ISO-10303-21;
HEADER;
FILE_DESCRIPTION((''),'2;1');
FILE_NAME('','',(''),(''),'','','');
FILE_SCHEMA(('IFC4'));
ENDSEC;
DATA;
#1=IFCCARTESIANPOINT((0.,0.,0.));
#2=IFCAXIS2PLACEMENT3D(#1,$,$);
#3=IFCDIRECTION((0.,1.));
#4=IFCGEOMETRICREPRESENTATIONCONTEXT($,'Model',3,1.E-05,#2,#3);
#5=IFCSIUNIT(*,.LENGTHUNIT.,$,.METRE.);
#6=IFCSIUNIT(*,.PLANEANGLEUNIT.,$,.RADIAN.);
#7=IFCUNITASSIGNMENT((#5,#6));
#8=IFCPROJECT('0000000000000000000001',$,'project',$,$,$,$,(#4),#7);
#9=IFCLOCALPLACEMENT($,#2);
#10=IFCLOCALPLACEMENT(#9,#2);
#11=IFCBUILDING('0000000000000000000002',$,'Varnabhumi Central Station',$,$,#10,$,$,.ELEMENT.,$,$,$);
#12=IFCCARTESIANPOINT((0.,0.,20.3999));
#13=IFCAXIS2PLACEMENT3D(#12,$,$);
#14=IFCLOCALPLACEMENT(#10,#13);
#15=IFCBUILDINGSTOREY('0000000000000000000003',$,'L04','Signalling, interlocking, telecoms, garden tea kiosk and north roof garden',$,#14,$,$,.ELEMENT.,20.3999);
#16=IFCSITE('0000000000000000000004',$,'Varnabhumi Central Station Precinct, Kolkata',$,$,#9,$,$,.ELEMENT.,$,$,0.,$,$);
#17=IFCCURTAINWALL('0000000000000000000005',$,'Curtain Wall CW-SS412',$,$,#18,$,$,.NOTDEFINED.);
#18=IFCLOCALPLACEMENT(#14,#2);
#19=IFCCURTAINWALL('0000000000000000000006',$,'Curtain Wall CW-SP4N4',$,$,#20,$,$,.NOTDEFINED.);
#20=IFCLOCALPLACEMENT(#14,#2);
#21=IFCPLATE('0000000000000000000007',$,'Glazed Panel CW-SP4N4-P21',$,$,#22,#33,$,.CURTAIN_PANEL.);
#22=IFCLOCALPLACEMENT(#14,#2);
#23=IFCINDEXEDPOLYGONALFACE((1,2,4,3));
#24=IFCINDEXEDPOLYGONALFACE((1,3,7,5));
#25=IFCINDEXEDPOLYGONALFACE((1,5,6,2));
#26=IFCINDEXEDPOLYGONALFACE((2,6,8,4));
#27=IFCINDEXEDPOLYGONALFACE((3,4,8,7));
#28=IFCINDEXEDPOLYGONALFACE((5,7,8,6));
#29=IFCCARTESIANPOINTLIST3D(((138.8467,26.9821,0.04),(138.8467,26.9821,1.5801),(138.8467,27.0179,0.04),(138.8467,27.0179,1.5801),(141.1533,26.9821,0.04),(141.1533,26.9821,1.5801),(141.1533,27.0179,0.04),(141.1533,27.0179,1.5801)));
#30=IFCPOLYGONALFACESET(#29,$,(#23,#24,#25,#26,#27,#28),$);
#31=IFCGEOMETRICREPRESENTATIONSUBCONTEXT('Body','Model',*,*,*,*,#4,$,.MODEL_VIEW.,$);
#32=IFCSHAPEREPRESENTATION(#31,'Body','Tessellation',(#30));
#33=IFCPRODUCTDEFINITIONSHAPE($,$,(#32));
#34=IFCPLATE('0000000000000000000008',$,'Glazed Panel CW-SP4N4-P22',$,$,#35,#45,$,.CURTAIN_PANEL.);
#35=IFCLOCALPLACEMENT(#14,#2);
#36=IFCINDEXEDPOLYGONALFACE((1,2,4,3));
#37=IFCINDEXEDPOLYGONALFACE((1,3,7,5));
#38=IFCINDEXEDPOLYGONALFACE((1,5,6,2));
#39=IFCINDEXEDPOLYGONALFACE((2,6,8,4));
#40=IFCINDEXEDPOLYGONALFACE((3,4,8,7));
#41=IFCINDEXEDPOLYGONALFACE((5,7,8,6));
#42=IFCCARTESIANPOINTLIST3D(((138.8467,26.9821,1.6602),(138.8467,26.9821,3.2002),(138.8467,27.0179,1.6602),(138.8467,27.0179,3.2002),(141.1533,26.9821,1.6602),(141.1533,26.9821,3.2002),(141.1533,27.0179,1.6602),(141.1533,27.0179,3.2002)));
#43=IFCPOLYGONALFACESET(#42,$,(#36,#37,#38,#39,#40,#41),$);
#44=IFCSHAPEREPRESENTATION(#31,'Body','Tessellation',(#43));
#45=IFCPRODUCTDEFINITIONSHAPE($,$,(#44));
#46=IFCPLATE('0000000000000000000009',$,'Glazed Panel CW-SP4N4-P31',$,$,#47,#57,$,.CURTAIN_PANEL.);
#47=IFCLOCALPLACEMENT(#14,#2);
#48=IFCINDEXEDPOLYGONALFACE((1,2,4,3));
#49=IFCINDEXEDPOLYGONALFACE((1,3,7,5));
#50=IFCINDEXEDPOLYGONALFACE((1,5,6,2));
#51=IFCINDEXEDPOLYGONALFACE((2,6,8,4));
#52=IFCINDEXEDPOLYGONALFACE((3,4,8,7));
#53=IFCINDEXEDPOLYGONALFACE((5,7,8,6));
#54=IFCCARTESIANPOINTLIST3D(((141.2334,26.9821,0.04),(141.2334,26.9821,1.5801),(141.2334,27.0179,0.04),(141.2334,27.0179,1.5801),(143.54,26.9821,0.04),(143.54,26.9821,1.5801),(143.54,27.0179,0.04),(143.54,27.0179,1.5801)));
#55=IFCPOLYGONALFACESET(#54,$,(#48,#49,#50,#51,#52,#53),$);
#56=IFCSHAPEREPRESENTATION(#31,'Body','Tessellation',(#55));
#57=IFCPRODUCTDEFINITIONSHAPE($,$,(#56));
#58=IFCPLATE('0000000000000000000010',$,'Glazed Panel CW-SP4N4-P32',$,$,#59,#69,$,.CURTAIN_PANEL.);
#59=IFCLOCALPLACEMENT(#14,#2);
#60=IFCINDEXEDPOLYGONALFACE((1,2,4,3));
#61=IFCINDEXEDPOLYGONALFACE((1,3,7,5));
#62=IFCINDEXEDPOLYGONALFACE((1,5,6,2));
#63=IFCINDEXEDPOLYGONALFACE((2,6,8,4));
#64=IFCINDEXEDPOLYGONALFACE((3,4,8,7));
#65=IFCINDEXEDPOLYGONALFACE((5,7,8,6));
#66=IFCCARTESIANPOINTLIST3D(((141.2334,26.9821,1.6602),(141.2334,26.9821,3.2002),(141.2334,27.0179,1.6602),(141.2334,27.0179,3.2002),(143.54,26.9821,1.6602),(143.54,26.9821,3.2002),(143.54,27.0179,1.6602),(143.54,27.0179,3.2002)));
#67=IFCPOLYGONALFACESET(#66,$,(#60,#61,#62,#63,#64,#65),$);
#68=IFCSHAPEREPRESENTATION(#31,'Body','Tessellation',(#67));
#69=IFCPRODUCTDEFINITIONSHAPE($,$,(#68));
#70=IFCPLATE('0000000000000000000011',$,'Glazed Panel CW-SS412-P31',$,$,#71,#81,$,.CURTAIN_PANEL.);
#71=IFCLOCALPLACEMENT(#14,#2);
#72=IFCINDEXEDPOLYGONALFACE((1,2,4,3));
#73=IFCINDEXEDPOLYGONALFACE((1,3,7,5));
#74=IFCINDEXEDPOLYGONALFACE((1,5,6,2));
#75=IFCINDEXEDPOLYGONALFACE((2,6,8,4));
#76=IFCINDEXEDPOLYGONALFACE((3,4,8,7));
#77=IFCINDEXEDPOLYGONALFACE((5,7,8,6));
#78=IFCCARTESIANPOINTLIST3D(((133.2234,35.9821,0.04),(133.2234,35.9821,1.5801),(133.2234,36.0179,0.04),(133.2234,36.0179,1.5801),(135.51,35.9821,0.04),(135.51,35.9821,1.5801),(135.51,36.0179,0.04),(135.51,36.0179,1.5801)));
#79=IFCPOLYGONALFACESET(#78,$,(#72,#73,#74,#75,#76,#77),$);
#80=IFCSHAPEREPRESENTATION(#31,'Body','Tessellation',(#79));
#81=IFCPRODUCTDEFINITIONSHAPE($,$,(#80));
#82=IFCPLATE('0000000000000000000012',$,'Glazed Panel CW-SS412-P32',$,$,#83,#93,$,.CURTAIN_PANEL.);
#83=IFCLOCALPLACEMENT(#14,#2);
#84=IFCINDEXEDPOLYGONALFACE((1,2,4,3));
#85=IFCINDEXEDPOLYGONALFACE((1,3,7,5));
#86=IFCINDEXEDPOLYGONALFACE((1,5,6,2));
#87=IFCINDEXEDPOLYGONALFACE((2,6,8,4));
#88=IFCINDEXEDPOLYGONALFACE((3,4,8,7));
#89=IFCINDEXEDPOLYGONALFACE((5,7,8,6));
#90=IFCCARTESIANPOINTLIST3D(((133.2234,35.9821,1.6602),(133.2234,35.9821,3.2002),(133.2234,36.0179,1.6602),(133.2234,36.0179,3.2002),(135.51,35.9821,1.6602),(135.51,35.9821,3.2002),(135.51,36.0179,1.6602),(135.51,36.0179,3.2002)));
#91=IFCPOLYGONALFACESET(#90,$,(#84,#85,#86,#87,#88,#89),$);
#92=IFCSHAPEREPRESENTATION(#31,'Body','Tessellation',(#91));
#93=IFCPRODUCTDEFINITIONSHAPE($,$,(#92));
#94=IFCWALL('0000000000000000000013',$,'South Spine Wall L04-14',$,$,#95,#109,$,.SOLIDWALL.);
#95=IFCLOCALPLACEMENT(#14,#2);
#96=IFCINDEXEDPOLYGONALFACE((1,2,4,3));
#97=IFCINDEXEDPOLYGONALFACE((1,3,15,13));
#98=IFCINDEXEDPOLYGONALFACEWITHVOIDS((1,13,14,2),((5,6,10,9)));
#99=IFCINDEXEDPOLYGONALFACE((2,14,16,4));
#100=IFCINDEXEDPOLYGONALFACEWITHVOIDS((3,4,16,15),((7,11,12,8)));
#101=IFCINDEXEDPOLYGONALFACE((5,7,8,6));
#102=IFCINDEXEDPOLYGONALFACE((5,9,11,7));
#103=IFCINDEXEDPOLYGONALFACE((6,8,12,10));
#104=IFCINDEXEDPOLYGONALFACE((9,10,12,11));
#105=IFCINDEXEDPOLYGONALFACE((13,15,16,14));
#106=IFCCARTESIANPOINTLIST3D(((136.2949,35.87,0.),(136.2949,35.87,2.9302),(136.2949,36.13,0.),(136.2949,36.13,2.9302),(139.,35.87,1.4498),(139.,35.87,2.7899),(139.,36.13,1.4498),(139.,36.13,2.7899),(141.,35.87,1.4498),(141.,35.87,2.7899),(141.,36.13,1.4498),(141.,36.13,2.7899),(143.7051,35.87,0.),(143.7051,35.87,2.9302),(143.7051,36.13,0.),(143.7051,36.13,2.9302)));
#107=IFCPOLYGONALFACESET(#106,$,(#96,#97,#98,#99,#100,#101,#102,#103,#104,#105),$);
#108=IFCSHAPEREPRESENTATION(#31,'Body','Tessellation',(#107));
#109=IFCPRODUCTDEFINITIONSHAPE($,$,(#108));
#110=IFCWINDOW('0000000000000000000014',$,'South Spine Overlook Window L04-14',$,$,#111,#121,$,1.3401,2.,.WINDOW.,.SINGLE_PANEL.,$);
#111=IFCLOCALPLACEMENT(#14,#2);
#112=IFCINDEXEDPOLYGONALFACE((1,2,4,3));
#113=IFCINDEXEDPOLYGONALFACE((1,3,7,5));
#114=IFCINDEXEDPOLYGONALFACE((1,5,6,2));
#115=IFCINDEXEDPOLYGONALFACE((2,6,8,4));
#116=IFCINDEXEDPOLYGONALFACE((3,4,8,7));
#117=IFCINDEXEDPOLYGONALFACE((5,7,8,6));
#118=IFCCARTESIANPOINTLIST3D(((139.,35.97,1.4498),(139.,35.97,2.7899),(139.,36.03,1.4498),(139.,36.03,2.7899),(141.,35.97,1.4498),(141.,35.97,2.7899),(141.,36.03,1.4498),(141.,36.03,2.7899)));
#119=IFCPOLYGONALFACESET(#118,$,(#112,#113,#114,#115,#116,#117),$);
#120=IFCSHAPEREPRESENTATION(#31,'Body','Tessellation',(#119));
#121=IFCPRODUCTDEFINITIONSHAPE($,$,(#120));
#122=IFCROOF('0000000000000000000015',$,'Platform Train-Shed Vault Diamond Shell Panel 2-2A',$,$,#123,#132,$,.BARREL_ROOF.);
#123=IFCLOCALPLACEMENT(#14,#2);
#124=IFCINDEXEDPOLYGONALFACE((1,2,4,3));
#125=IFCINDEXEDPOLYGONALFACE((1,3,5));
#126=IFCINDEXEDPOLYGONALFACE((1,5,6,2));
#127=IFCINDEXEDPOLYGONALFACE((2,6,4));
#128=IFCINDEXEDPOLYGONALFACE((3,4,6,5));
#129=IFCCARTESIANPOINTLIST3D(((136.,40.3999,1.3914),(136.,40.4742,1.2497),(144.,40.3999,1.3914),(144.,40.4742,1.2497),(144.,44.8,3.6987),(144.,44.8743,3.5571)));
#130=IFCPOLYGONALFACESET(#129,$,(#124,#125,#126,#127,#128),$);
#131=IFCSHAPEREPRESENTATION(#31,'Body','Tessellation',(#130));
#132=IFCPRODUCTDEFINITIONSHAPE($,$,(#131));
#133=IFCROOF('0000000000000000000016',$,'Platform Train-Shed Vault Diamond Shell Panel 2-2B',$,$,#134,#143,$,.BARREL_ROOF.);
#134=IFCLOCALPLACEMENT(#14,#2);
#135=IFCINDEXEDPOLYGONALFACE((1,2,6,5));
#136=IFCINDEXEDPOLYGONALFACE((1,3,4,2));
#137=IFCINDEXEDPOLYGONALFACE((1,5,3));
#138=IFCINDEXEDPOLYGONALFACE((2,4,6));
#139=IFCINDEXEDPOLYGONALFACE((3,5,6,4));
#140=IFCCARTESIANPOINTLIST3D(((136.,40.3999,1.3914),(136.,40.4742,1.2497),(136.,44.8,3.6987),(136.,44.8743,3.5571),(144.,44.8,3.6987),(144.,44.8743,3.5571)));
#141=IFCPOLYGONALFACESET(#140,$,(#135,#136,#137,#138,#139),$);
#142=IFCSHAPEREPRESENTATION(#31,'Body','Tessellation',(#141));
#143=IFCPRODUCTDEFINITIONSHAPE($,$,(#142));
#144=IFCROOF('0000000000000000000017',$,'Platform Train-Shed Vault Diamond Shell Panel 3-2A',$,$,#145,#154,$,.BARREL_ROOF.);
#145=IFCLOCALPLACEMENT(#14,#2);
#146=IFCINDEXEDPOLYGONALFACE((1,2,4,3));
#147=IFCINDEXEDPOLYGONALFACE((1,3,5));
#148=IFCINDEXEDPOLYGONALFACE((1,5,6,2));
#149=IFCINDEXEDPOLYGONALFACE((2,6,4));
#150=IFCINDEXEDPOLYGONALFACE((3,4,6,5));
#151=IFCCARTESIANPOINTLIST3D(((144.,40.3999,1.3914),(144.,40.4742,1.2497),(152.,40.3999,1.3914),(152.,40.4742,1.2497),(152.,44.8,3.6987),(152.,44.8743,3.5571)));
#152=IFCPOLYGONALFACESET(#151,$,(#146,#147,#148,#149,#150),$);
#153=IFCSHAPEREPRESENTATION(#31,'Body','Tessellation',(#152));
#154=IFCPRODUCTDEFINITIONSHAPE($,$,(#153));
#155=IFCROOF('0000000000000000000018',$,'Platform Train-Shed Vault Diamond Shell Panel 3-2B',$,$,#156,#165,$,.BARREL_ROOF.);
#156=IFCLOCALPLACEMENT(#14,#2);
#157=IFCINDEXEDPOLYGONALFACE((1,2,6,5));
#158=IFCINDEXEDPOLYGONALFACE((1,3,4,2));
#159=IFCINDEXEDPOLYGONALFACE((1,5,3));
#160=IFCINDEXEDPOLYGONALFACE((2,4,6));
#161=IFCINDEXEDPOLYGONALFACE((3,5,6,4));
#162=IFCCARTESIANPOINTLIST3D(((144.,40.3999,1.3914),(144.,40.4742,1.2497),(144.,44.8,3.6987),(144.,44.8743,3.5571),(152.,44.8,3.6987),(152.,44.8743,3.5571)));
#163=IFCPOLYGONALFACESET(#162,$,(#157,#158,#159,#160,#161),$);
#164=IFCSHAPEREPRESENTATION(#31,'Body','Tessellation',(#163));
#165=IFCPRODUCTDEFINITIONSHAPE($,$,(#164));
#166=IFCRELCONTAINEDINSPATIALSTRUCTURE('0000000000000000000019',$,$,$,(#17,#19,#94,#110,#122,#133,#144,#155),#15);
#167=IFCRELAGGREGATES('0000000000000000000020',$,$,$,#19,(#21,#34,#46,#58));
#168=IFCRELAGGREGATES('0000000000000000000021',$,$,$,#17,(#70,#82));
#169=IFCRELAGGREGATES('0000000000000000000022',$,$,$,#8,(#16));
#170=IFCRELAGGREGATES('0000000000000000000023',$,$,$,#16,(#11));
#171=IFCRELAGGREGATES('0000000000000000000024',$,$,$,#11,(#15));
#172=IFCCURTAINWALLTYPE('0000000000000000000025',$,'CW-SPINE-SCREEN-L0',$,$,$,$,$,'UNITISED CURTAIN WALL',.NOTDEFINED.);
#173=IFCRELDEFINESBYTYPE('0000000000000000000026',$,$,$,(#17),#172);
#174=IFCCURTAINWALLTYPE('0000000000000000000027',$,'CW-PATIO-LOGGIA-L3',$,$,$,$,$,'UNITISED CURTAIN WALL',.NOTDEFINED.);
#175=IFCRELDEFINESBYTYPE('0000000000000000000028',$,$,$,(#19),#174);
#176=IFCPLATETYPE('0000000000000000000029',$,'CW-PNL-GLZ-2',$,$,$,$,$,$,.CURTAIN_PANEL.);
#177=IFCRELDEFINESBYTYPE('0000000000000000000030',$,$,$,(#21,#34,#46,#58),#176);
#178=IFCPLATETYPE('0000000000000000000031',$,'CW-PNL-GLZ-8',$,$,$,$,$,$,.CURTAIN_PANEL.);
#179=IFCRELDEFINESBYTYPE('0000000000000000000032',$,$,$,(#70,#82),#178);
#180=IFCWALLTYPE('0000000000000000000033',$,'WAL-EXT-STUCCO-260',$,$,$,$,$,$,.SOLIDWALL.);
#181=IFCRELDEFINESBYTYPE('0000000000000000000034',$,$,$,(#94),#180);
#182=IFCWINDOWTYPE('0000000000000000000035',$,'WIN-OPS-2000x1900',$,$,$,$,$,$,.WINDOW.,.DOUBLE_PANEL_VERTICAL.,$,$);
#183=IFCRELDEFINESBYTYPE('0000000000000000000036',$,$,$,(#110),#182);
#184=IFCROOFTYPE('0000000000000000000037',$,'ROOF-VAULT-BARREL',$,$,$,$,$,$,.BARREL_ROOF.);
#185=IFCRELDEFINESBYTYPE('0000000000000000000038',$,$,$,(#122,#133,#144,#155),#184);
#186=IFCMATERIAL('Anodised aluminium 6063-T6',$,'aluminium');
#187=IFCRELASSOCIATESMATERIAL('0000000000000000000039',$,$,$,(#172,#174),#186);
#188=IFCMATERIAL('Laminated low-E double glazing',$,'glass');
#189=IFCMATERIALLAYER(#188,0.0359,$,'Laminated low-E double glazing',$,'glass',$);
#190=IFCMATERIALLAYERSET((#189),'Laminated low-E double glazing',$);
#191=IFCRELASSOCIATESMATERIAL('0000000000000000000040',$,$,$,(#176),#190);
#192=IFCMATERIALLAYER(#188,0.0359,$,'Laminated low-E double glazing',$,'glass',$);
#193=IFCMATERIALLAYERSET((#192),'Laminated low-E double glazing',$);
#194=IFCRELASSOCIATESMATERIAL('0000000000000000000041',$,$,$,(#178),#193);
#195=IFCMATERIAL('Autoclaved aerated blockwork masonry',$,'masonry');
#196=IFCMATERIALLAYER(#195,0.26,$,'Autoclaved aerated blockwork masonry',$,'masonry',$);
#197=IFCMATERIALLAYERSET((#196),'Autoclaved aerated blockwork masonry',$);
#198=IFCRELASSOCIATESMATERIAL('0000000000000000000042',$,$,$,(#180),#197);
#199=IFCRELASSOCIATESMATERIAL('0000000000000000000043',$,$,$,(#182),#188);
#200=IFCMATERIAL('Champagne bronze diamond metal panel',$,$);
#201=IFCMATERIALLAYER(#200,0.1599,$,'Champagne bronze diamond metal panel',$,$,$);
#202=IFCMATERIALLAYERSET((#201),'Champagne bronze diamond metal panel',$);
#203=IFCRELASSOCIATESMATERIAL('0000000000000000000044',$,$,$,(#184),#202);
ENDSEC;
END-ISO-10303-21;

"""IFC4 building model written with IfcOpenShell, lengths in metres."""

from ifc_helpers import new_model, si_unit, direction, frame, frame_2d, origin, origin_2d, place, context, subcontext, project, spatial, polyline, rectangle, outline, extrude, material, layer, layer_set, type_object, element, fill, aggregate, save


model = new_model("IFC4")

# Units and contexts
model_context = context("Model", 3, precision=1e-05, world=origin(), true_north=direction((0.0, 1.0)))
body_context = subcontext(model_context, "Body", "Model", "MODEL_VIEW")
ifc_project = project(units=[si_unit("LENGTHUNIT", "METRE"), si_unit("PLANEANGLEUNIT", "RADIAN")], contexts=[model_context])

# Site, building, storey
site_placement = place(None, origin())
site = spatial("IfcSite", under=ifc_project, at=site_placement, Name="Varnabhumi Central Station Precinct, Kolkata", CompositionType="ELEMENT", RefElevation=0.0)
building_placement = place(site_placement, origin())
building = spatial("IfcBuilding", under=site, at=building_placement, Name="Varnabhumi Central Station", CompositionType="ELEMENT")
storey_placement = place(building_placement, frame((0.0, 0.0, 20.3999)))
storey = spatial("IfcBuildingStorey", under=building, at=storey_placement, Name="L04", Description="Signalling, interlocking, telecoms, garden tea kiosk and north roof garden", CompositionType="ELEMENT", Elevation=20.3999)

# Curtain wall
ifc_material_1 = material(Name="Anodised aluminium 6063-T6", Category="aluminium")
curtain_wall_type_1 = type_object("IfcCurtainWallType", Name="CW-SPINE-SCREEN-L0", ElementType="UNITISED CURTAIN WALL", PredefinedType="NOTDEFINED", material=ifc_material_1)
curtain_wall_1_placement = place(storey_placement, origin())
curtain_wall_1 = element("IfcCurtainWall", 1, at=curtain_wall_1_placement, inside=storey, type_object=curtain_wall_type_1, Name="Curtain Wall CW-SS412", PredefinedType="NOTDEFINED")

# Curtain wall
curtain_wall_type_2 = type_object("IfcCurtainWallType", Name="CW-PATIO-LOGGIA-L3", ElementType="UNITISED CURTAIN WALL", PredefinedType="NOTDEFINED", material=ifc_material_1)
curtain_wall_2_placement = place(storey_placement, origin())
curtain_wall_2 = element("IfcCurtainWall", 2, at=curtain_wall_2_placement, inside=storey, type_object=curtain_wall_type_2, Name="Curtain Wall CW-SP4N4", PredefinedType="NOTDEFINED")

# Plates
ifc_material_2 = material(Name="Laminated low-E double glazing", Category="glass")
ifc_layer_1 = layer(ifc_material_2, 0.0359, Name="Laminated low-E double glazing", Category="glass")
ifc_layer_set_1 = layer_set([ifc_layer_1], Name="Laminated low-E double glazing")
plate_type_1 = type_object("IfcPlateType", Name="CW-PNL-GLZ-2", PredefinedType="CURTAIN_PANEL", material=ifc_layer_set_1)
plate_1_placement = place(storey_placement, frame((140.0, 27.0, 0.04), z_axis=(0.0, 0.0, 1.0), x_axis=(1.0, 0.0, 0.0)))
plate_1 = element("IfcPlate", 3, at=plate_1_placement, type_object=plate_type_1, Name="Glazed Panel CW-SP4N4-P21", PredefinedType="CURTAIN_PANEL", context=body_context, shape_type="SweptSolid", body=[
    extrude(rectangle(XDim=2.3066, YDim=0.0359, at=origin_2d()), origin(), (0.0, 0.0, 1.0), 1.54),
])
plate_2_placement = place(storey_placement, frame((140.0, 27.0, 1.6602), z_axis=(0.0, 0.0, 1.0), x_axis=(1.0, 0.0, 0.0)))
plate_2 = element("IfcPlate", 4, at=plate_2_placement, type_object=plate_type_1, Name="Glazed Panel CW-SP4N4-P22", PredefinedType="CURTAIN_PANEL", context=body_context, shape_type="SweptSolid", body=[
    extrude(rectangle(XDim=2.3066, YDim=0.0359, at=origin_2d()), origin(), (0.0, 0.0, 1.0), 1.54),
])
plate_3_placement = place(storey_placement, frame((142.3867, 27.0, 0.04), z_axis=(0.0, 0.0, 1.0), x_axis=(1.0, 0.0, 0.0)))
plate_3 = element("IfcPlate", 5, at=plate_3_placement, type_object=plate_type_1, Name="Glazed Panel CW-SP4N4-P31", PredefinedType="CURTAIN_PANEL", context=body_context, shape_type="SweptSolid", body=[
    extrude(rectangle(XDim=2.3066, YDim=0.0359, at=origin_2d()), origin(), (0.0, 0.0, 1.0), 1.54),
])
plate_4_placement = place(storey_placement, frame((142.3867, 27.0, 1.6602), z_axis=(0.0, 0.0, 1.0), x_axis=(1.0, 0.0, 0.0)))
plate_4 = element("IfcPlate", 6, at=plate_4_placement, type_object=plate_type_1, Name="Glazed Panel CW-SP4N4-P32", PredefinedType="CURTAIN_PANEL", context=body_context, shape_type="SweptSolid", body=[
    extrude(rectangle(XDim=2.3066, YDim=0.0359, at=origin_2d()), origin(), (0.0, 0.0, 1.0), 1.54),
])
aggregate(curtain_wall_2, [plate_1, plate_2, plate_3, plate_4])
ifc_layer_2 = layer(ifc_material_2, 0.0359, Name="Laminated low-E double glazing", Category="glass")
ifc_layer_set_2 = layer_set([ifc_layer_2], Name="Laminated low-E double glazing")
plate_type_2 = type_object("IfcPlateType", Name="CW-PNL-GLZ-8", PredefinedType="CURTAIN_PANEL", material=ifc_layer_set_2)
plate_5_placement = place(storey_placement, frame((134.3667, 36.0, 0.04), z_axis=(0.0, 0.0, 1.0), x_axis=(1.0, 0.0, 0.0)))
plate_5 = element("IfcPlate", 7, at=plate_5_placement, type_object=plate_type_2, Name="Glazed Panel CW-SS412-P31", PredefinedType="CURTAIN_PANEL", context=body_context, shape_type="SweptSolid", body=[
    extrude(rectangle(XDim=2.2866, YDim=0.0359, at=origin_2d()), origin(), (0.0, 0.0, 1.0), 1.54),
])
plate_6_placement = place(storey_placement, frame((134.3667, 36.0, 1.6602), z_axis=(0.0, 0.0, 1.0), x_axis=(1.0, 0.0, 0.0)))
plate_6 = element("IfcPlate", 8, at=plate_6_placement, type_object=plate_type_2, Name="Glazed Panel CW-SS412-P32", PredefinedType="CURTAIN_PANEL", context=body_context, shape_type="SweptSolid", body=[
    extrude(rectangle(XDim=2.2866, YDim=0.0359, at=origin_2d()), origin(), (0.0, 0.0, 1.0), 1.54),
])
aggregate(curtain_wall_1, [plate_5, plate_6])

# Wall, opening, window
ifc_material_3 = material(Name="Autoclaved aerated blockwork masonry", Category="masonry")
ifc_layer_3 = layer(ifc_material_3, 0.26, Name="Autoclaved aerated blockwork masonry", Category="masonry")
ifc_layer_set_3 = layer_set([ifc_layer_3], Name="Autoclaved aerated blockwork masonry")
wall_type = type_object("IfcWallType", Name="WAL-EXT-STUCCO-260", PredefinedType="SOLIDWALL", material=ifc_layer_set_3)
wall_placement = place(storey_placement, frame((136.2949, 36.0, 0.0), z_axis=(0.0, 0.0, 1.0), x_axis=(1.0, 0.0, 0.0)))
wall = element("IfcWall", 9, at=wall_placement, inside=storey, type_object=wall_type, Name="South Spine Wall L04-14", PredefinedType="SOLIDWALL", context=body_context, shape_type="SweptSolid", body=[
    extrude(rectangle(XDim=7.4102, YDim=0.26, at=frame_2d((3.7051, 0.0))), origin(), (0.0, 0.0, 1.0), 2.9302),
])
opening_placement = place(wall_placement, frame((2.7051, 0.0, 1.45)))
opening = element("IfcOpeningElement", 10, at=opening_placement, cuts=wall, PredefinedType="OPENING", context=body_context, shape_type="SweptSolid", body=[
    extrude(rectangle(XDim=2.0, YDim=1.3401, at=frame_2d((1.0, 0.6699))), frame((0.0, 0.1399, 0.0), z_axis=(0.0, -1.0, 0.0), x_axis=(1.0, 0.0, 0.0)), (0.0, 0.0, 1.0), 0.28),
])
window_type = type_object("IfcWindowType", Name="WIN-OPS-2000x1900", PartitioningType="DOUBLE_PANEL_VERTICAL", PredefinedType="WINDOW", material=ifc_material_2)
window_placement = place(opening_placement, origin())
window = element("IfcWindow", 11, at=window_placement, inside=storey, type_object=window_type, Name="South Spine Overlook Window L04-14", OverallHeight=1.3401, OverallWidth=2.0, PartitioningType="SINGLE_PANEL", PredefinedType="WINDOW", context=body_context, shape_type="SweptSolid", body=[
    extrude(rectangle(XDim=2.0, YDim=1.3401, at=frame_2d((1.0, 0.6699))), frame((0.0, 0.03, 0.0), z_axis=(0.0, -1.0, 0.0), x_axis=(1.0, 0.0, 0.0)), (0.0, 0.0, 1.0), 0.0601),
])
fill(opening, window)

# Roofs
ifc_material_4 = material(Name="Champagne bronze diamond metal panel")
ifc_layer_4 = layer(ifc_material_4, 0.1599, Name="Champagne bronze diamond metal panel")
ifc_layer_set_4 = layer_set([ifc_layer_4], Name="Champagne bronze diamond metal panel")
roof_type = type_object("IfcRoofType", Name="ROOF-VAULT-BARREL", PredefinedType="BARREL_ROOF", material=ifc_layer_set_4)
roof_1_placement = place(storey_placement, frame((136.0, 40.3999, 1.3914), z_axis=(0.0, -0.464407, 0.885622), x_axis=(1.0, 0.0, 0.0)))
element("IfcRoof", 12, at=roof_1_placement, inside=storey, type_object=roof_type, Name="Platform Train-Shed Vault Diamond Shell Panel 2-2A", PredefinedType="BARREL_ROOF", context=body_context, shape_type="SweptSolid", body=[
    extrude(outline(polyline([(0.0, 0.0), (8.0, 0.0), (8.0, 4.9684), (0.0, 0.0)])), origin(), (0.0, 0.0, -1.0), 0.1599),
])
roof_2_placement = place(storey_placement, frame((136.0, 40.3999, 1.3914), z_axis=(0.0, -0.464407, 0.885622), x_axis=(0.849502, 0.467242, 0.245015)))
element("IfcRoof", 13, at=roof_2_placement, inside=storey, type_object=roof_type, Name="Platform Train-Shed Vault Diamond Shell Panel 2-2B", PredefinedType="BARREL_ROOF", context=body_context, shape_type="SweptSolid", body=[
    extrude(outline(polyline([(0.0, 0.0), (9.4173, 0.0), (2.6213, 4.2207), (0.0, 0.0)])), origin(), (0.0, 0.0, -1.0), 0.1599),
])
roof_3_placement = place(storey_placement, frame((144.0, 40.3999, 1.3914), z_axis=(0.0, -0.464407, 0.885622), x_axis=(1.0, 0.0, 0.0)))
element("IfcRoof", 14, at=roof_3_placement, inside=storey, type_object=roof_type, Name="Platform Train-Shed Vault Diamond Shell Panel 3-2A", PredefinedType="BARREL_ROOF", context=body_context, shape_type="SweptSolid", body=[
    extrude(outline(polyline([(0.0, 0.0), (8.0, 0.0), (8.0, 4.9684), (0.0, 0.0)])), origin(), (0.0, 0.0, -1.0), 0.1599),
])
roof_4_placement = place(storey_placement, frame((144.0, 40.3999, 1.3914), z_axis=(0.0, -0.464407, 0.885622), x_axis=(0.849502, 0.467242, 0.245015)))
element("IfcRoof", 15, at=roof_4_placement, inside=storey, type_object=roof_type, Name="Platform Train-Shed Vault Diamond Shell Panel 3-2B", PredefinedType="BARREL_ROOF", context=body_context, shape_type="SweptSolid", body=[
    extrude(outline(polyline([(0.0, 0.0), (9.4173, 0.0), (2.6213, 4.2207), (0.0, 0.0)])), origin(), (0.0, 0.0, -1.0), 0.1599),
])

save(model, "model.ifc")
